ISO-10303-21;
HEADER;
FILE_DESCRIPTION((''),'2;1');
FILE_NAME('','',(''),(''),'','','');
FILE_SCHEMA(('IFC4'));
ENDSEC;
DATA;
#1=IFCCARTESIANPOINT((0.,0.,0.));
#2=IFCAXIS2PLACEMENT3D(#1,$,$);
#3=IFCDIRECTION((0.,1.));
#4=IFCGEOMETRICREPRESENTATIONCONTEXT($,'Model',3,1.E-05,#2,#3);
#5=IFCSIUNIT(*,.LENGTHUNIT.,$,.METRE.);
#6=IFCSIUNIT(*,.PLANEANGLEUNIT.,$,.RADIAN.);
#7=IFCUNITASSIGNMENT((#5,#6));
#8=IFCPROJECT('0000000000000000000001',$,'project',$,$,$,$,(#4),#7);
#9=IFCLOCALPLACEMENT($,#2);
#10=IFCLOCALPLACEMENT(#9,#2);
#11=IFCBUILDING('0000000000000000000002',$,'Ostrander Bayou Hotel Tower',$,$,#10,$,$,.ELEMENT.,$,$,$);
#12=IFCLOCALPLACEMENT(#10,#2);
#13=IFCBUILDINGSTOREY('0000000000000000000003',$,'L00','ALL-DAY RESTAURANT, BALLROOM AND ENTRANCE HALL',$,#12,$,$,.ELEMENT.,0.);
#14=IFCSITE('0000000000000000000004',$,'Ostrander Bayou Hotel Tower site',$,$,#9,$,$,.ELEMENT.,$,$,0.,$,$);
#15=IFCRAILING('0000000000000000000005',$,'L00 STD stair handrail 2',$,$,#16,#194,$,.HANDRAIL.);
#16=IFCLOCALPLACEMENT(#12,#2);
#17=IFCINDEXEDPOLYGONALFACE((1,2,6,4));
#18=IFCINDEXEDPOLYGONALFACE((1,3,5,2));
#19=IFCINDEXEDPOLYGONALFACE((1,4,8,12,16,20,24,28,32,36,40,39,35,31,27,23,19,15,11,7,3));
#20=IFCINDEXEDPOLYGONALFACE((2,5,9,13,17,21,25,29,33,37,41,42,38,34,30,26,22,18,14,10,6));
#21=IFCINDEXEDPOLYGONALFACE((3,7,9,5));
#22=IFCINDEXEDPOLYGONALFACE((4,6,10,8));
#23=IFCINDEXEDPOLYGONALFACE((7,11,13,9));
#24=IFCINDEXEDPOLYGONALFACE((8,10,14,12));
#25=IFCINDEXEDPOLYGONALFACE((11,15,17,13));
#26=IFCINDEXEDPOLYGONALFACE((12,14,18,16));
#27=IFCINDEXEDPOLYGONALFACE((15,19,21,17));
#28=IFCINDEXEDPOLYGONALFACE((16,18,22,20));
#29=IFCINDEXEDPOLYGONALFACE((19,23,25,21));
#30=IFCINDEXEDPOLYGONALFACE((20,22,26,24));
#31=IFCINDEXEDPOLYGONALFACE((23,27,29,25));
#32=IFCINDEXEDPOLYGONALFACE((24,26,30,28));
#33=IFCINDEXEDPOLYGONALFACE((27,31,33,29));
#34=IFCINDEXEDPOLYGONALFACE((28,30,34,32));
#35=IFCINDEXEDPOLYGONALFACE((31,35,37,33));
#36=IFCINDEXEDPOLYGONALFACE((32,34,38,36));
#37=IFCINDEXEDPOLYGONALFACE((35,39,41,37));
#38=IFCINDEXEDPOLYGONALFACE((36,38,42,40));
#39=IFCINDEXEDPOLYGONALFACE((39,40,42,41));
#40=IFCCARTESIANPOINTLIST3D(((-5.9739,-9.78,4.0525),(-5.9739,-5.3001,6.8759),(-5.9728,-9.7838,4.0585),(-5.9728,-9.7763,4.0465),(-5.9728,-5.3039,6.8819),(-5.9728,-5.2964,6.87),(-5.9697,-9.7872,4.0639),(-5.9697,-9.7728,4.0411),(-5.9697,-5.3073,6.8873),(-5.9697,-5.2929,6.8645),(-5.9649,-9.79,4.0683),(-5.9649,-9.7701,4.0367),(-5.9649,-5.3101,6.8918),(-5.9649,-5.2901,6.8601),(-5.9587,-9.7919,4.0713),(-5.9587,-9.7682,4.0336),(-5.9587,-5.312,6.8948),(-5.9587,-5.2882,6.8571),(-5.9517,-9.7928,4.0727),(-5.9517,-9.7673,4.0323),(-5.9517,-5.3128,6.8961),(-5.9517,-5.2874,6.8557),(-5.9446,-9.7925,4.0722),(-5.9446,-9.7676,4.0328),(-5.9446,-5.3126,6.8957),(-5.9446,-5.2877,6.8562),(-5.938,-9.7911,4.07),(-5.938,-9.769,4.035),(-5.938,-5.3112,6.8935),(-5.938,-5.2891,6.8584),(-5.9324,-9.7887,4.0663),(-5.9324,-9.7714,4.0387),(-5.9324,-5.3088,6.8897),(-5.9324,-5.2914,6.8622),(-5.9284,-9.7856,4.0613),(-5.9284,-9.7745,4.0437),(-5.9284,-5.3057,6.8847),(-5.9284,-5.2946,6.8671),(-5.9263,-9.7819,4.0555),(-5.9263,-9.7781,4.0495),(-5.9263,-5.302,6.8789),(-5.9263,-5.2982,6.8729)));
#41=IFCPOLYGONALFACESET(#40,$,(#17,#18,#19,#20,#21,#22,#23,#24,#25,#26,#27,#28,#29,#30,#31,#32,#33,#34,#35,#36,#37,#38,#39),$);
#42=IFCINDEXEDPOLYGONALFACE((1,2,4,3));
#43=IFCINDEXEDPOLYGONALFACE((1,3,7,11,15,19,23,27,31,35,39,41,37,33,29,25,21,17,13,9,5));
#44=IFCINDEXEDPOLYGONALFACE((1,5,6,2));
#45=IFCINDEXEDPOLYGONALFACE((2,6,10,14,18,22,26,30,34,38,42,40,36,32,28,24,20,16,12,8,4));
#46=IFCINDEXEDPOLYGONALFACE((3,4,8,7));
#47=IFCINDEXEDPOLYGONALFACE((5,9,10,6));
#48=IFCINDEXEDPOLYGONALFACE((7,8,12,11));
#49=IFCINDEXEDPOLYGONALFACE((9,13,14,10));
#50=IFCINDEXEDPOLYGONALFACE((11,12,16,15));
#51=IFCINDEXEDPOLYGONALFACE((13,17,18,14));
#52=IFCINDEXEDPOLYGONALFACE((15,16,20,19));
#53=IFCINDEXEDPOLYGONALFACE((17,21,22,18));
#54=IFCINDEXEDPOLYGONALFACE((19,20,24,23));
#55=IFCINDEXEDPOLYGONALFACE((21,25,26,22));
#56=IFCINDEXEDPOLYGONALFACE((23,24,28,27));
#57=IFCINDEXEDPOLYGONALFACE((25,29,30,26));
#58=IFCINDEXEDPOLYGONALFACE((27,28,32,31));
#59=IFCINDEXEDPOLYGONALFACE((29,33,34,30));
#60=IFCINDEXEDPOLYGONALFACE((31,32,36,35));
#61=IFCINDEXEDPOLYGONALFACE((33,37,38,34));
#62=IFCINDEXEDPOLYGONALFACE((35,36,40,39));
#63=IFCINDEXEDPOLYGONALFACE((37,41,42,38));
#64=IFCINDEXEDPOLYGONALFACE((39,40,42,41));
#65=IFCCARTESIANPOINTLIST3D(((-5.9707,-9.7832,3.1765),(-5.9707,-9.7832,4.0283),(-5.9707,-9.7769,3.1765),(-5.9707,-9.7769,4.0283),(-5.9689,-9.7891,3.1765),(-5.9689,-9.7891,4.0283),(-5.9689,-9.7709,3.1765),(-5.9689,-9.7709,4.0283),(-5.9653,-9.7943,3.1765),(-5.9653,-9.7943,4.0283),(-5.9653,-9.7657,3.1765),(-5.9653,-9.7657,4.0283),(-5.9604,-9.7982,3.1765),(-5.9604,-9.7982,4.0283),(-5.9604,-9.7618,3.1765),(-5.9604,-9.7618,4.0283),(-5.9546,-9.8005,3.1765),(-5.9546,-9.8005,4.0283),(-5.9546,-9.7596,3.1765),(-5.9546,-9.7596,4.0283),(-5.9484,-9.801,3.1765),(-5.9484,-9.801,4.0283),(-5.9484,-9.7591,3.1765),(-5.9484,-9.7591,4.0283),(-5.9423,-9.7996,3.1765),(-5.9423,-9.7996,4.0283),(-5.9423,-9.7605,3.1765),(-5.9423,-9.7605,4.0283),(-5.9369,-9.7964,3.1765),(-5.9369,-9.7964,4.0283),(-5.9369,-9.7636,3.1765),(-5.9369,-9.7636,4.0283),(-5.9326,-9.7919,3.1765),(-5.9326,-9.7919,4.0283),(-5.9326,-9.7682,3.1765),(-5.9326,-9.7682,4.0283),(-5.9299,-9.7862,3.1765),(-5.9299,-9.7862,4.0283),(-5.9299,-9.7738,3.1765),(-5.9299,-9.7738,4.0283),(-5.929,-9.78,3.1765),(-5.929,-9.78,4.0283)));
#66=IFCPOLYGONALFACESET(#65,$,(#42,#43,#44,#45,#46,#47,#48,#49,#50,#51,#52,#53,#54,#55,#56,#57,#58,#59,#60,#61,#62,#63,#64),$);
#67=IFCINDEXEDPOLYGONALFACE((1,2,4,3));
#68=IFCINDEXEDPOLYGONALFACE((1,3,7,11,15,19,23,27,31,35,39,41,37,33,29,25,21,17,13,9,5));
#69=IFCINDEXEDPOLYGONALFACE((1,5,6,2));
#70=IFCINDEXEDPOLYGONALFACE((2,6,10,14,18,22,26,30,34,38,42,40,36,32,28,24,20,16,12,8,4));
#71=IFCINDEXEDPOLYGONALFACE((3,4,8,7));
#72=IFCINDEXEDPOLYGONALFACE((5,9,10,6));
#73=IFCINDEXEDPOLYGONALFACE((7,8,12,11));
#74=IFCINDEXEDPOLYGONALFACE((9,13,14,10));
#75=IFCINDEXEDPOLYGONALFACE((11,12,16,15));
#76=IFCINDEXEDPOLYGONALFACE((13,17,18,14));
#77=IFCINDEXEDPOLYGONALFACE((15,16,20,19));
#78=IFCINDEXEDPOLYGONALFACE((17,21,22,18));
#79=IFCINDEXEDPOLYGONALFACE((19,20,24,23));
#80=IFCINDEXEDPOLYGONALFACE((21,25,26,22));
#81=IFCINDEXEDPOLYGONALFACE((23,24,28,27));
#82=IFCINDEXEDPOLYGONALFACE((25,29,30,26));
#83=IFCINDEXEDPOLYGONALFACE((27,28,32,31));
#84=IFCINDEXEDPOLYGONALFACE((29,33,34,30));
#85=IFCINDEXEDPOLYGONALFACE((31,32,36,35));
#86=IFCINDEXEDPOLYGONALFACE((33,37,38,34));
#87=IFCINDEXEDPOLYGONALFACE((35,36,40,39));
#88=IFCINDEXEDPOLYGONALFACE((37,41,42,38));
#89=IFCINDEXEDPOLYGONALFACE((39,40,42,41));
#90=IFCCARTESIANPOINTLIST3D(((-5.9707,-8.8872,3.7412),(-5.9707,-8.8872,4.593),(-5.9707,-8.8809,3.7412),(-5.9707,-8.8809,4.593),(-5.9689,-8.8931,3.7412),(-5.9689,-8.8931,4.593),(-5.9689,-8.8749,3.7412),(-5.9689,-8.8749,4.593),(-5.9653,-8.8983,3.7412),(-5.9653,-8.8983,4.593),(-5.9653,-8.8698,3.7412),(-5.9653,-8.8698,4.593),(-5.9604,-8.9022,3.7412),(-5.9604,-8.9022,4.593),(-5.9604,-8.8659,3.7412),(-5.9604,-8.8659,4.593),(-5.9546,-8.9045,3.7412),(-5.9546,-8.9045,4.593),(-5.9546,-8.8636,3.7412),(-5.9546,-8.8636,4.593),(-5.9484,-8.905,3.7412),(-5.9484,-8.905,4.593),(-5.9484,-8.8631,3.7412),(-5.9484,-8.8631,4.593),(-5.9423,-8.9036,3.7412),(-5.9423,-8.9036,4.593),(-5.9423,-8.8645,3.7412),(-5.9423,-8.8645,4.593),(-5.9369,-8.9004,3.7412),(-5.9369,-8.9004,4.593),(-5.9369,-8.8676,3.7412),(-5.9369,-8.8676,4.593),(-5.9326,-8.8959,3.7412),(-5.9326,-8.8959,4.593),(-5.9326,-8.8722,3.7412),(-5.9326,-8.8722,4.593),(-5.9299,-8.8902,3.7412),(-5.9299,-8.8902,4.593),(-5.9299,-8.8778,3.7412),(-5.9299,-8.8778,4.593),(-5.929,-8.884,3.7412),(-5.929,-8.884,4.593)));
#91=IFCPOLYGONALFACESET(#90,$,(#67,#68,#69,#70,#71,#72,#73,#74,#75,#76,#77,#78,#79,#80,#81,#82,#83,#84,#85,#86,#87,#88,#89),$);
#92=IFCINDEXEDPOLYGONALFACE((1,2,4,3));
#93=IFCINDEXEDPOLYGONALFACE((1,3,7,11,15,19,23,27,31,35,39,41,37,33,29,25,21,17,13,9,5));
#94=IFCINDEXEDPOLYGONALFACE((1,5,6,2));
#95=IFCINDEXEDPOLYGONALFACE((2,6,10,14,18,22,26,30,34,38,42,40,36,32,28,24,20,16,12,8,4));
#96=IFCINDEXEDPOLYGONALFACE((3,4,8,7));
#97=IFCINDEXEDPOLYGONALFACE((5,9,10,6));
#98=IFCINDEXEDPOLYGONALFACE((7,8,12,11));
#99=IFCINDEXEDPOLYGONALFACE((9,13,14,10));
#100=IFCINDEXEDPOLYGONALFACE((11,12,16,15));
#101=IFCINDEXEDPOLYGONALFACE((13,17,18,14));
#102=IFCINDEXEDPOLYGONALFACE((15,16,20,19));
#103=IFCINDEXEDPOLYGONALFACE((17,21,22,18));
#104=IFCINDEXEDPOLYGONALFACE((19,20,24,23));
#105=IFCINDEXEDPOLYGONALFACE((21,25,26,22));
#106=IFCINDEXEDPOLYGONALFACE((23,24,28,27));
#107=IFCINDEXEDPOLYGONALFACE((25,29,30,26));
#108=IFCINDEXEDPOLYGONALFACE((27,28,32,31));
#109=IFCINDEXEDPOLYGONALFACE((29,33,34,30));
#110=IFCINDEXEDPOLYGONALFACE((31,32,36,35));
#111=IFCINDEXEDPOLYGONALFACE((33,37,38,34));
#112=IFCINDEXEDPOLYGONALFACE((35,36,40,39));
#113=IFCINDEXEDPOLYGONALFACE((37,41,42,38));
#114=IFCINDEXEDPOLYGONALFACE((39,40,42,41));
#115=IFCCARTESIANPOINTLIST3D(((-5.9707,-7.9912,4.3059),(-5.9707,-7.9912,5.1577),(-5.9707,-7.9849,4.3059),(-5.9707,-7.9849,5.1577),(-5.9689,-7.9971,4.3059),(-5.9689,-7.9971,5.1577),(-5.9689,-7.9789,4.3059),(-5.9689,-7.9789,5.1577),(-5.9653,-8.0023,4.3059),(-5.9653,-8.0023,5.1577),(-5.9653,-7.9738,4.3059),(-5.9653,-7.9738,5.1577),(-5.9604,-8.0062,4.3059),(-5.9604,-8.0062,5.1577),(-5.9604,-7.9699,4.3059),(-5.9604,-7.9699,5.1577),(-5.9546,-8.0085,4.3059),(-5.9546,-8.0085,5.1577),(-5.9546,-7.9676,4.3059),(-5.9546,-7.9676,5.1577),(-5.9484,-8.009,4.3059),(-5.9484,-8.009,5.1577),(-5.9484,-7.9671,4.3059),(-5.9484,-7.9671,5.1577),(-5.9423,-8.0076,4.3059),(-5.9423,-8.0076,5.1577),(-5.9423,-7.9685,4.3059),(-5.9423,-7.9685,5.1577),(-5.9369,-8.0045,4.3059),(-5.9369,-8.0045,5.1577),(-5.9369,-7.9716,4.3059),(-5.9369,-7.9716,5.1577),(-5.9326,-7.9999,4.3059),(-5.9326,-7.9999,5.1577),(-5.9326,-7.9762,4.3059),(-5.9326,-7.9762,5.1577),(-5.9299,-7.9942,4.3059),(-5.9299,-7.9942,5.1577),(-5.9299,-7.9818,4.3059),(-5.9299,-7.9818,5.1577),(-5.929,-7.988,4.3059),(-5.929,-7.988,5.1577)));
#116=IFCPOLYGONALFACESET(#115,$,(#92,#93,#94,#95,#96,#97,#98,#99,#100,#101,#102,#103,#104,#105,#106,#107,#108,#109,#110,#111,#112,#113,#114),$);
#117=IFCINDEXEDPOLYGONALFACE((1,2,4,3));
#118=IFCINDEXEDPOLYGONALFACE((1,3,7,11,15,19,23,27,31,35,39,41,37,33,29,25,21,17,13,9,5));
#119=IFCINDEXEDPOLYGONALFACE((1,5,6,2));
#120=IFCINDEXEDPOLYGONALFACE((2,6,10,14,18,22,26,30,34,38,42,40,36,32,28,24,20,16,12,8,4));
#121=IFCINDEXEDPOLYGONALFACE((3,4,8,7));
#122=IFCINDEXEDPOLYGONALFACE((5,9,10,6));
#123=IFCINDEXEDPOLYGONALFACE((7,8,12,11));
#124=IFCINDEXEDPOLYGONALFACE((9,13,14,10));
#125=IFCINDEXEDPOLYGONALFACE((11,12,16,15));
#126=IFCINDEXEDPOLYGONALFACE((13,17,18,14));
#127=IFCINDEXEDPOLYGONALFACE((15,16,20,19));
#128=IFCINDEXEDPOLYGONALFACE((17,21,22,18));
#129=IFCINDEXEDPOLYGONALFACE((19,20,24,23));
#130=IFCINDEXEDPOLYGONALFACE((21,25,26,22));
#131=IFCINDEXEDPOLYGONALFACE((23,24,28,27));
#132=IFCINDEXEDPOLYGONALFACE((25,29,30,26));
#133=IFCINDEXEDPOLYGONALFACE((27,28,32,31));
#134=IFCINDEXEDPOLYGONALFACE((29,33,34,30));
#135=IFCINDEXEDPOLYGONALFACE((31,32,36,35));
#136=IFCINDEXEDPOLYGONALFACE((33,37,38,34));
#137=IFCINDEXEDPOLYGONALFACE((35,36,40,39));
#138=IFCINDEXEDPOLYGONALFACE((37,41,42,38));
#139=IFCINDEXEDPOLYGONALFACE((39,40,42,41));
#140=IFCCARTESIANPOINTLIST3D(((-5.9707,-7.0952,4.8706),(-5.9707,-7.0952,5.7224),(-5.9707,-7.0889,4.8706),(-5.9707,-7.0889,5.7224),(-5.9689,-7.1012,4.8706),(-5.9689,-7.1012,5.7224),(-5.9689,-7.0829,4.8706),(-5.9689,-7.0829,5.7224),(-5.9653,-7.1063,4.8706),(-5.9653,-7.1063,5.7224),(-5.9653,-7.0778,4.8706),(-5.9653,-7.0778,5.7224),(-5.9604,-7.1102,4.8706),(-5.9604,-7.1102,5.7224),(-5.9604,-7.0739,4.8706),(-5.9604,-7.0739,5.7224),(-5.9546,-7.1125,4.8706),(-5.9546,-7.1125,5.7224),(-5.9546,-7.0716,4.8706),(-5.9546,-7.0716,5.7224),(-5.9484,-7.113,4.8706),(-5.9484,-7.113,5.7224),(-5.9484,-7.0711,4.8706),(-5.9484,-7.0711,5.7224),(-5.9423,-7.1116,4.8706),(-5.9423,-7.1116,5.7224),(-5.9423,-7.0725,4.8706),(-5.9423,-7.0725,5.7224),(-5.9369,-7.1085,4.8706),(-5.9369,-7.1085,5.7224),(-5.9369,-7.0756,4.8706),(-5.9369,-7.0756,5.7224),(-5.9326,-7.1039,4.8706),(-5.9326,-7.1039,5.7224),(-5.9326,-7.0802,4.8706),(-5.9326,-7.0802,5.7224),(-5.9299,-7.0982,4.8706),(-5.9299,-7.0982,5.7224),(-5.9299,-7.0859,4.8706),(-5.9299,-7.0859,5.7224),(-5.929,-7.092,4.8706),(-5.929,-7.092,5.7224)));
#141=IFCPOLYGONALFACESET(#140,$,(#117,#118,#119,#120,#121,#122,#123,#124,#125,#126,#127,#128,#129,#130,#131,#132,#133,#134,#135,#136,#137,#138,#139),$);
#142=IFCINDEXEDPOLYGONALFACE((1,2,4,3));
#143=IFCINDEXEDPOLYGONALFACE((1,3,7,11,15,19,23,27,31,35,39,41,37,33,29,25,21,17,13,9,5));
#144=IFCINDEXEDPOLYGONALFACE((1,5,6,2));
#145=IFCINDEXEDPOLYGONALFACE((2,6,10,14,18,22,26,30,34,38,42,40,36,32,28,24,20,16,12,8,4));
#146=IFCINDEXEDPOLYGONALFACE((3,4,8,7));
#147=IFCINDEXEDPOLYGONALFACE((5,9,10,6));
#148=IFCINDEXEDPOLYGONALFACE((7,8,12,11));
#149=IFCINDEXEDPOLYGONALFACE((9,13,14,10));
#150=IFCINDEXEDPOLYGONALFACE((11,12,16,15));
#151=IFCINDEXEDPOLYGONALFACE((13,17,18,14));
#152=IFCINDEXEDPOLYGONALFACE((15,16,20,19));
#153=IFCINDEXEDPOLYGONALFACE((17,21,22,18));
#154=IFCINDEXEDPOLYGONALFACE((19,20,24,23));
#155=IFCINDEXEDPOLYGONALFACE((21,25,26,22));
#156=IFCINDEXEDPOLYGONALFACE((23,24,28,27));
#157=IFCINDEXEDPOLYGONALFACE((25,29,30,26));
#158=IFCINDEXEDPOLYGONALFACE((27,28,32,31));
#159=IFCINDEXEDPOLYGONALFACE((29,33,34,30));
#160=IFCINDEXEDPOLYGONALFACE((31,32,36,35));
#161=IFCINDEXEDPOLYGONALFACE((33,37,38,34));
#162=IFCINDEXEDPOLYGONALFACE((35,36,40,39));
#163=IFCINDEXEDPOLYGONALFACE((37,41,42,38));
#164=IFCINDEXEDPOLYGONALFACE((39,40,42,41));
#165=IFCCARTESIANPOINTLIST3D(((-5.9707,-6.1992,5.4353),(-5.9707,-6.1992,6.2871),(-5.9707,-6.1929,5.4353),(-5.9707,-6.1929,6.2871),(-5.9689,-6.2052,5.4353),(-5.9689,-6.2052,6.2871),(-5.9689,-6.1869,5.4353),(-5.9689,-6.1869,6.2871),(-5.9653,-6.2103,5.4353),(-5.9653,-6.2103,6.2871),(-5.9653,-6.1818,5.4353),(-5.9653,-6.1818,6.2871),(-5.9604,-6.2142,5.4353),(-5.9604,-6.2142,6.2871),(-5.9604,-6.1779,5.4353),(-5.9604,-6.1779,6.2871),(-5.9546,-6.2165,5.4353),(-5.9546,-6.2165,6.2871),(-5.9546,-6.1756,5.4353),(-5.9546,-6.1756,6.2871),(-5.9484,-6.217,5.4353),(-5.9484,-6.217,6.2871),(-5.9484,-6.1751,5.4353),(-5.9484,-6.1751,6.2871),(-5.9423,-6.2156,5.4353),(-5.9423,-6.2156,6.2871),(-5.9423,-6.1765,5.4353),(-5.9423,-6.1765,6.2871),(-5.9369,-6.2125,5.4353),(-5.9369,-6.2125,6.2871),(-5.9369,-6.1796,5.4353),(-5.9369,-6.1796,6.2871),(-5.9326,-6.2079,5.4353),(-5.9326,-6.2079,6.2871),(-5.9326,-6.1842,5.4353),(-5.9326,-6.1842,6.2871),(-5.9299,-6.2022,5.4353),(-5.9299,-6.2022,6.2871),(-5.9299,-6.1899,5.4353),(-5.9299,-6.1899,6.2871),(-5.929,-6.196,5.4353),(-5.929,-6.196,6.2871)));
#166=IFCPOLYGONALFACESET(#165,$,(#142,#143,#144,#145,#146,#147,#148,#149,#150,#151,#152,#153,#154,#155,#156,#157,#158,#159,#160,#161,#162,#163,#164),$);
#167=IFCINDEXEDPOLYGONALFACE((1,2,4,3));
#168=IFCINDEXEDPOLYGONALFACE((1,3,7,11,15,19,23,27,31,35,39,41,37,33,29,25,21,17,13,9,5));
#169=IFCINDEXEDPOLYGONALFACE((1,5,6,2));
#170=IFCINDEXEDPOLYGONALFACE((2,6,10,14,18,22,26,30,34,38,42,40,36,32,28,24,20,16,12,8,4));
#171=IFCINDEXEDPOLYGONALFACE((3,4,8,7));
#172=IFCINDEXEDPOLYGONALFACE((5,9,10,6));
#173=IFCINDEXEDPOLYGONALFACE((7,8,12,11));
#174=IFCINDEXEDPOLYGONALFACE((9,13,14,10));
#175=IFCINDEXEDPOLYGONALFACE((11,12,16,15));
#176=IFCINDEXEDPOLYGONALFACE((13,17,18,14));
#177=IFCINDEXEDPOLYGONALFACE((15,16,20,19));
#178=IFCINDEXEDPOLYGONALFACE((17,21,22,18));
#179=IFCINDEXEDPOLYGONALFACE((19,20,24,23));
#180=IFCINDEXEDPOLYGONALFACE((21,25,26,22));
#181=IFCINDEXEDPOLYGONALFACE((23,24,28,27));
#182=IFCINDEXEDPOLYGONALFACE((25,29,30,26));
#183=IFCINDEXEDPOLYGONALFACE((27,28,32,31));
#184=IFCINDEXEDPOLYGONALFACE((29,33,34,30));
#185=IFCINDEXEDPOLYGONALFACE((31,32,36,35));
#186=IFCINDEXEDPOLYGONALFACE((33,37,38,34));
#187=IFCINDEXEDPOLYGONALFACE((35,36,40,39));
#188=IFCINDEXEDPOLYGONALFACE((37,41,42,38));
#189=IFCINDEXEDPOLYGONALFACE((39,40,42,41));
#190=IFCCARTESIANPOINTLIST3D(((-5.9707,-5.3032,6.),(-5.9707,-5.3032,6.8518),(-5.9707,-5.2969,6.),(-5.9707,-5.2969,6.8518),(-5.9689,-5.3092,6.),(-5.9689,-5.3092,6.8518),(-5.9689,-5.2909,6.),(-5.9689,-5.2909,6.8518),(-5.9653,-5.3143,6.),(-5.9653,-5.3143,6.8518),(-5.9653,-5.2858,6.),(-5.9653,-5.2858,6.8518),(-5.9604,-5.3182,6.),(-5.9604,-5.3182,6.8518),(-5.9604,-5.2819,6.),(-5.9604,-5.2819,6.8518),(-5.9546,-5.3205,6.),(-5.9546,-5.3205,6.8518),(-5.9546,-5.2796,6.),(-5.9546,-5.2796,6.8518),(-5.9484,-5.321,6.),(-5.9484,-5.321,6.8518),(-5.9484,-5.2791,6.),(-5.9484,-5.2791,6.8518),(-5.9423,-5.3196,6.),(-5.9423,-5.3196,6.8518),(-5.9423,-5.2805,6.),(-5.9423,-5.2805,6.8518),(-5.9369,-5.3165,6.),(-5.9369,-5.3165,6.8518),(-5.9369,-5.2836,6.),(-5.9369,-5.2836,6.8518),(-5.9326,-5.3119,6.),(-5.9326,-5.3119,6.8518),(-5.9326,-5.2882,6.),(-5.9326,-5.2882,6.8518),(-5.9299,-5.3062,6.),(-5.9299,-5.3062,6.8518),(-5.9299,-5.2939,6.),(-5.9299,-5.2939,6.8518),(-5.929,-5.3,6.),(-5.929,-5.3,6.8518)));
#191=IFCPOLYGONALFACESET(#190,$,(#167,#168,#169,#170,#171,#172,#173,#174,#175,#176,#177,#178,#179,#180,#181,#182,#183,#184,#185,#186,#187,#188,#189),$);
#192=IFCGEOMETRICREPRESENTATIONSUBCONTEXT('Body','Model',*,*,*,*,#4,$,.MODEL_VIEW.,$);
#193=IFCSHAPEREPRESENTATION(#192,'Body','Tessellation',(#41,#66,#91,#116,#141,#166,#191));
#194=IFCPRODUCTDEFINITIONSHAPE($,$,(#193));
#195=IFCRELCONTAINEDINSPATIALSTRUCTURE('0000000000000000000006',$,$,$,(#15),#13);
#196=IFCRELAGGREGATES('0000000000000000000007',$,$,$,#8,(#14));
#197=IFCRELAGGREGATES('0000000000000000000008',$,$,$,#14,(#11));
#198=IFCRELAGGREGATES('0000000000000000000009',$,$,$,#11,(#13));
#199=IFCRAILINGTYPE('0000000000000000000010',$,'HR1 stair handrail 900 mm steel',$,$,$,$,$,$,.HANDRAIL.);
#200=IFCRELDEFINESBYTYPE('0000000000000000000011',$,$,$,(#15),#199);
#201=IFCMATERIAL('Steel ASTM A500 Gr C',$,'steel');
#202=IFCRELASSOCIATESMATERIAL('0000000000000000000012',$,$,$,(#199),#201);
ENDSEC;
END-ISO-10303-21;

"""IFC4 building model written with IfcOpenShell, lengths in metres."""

from ifc_helpers import new_model, si_unit, direction, frame, origin, origin_2d, place, context, subcontext, project, spatial, circle, extrude, material, type_object, element, save


model = new_model("IFC4")

# Units and contexts
model_context = context("Model", 3, precision=1e-05, world=origin(), true_north=direction((0.0, 1.0)))
body_context = subcontext(model_context, "Body", "Model", "MODEL_VIEW")
ifc_project = project(units=[si_unit("LENGTHUNIT", "METRE"), si_unit("PLANEANGLEUNIT", "RADIAN")], contexts=[model_context])

# Site, building, storey
site_placement = place(None, origin())
site = spatial("IfcSite", under=ifc_project, at=site_placement, Name="Ostrander Bayou Hotel Tower site", CompositionType="ELEMENT", RefElevation=0.0)
building_placement = place(site_placement, origin())
building = spatial("IfcBuilding", under=site, at=building_placement, Name="Ostrander Bayou Hotel Tower", CompositionType="ELEMENT")
storey_placement = place(building_placement, origin())
storey = spatial("IfcBuildingStorey", under=building, at=storey_placement, Name="L00", Description="ALL-DAY RESTAURANT, BALLROOM AND ENTRANCE HALL", CompositionType="ELEMENT", Elevation=0.0)

# Railing
ifc_material_1 = material(Name="Steel ASTM A500 Gr C", Category="steel")
railing_type_1 = type_object("IfcRailingType", Name="HR1 stair handrail 900 mm steel", PredefinedType="HANDRAIL", material=ifc_material_1)
railing_1_placement = place(storey_placement, frame((-5.95, -9.78, 3.1765)))
element("IfcRailing", 1, at=railing_1_placement, inside=storey, type_object=railing_type_1, Name="L00 STD stair handrail 2", PredefinedType="HANDRAIL", context=body_context, shape_type="SweptSolid", body=[
    extrude(circle(Radius=0.0239, at=origin_2d()), frame((0.0, 0.0, 0.876), z_axis=(0.0, 0.845998, 0.533186), x_axis=(-1.0, 0.0, 0.0)), (0.0, 0.0, 1.0), 5.2954),
    extrude(circle(Radius=0.021, at=origin_2d()), origin(), (0.0, 0.0, 1.0), 0.8518),
    extrude(circle(Radius=0.021, at=origin_2d()), frame((0.0, 0.896, 0.5647)), (0.0, 0.0, 1.0), 0.8518),
    extrude(circle(Radius=0.021, at=origin_2d()), frame((0.0, 1.792, 1.1294)), (0.0, 0.0, 1.0), 0.8518),
    extrude(circle(Radius=0.021, at=origin_2d()), frame((0.0, 2.688, 1.6941)), (0.0, 0.0, 1.0), 0.8518),
    extrude(circle(Radius=0.021, at=origin_2d()), frame((0.0, 3.584, 2.2588)), (0.0, 0.0, 1.0), 0.8518),
    extrude(circle(Radius=0.021, at=origin_2d()), frame((0.0, 4.48, 2.8235)), (0.0, 0.0, 1.0), 0.8518),
])

save(model, "model.ifc")
